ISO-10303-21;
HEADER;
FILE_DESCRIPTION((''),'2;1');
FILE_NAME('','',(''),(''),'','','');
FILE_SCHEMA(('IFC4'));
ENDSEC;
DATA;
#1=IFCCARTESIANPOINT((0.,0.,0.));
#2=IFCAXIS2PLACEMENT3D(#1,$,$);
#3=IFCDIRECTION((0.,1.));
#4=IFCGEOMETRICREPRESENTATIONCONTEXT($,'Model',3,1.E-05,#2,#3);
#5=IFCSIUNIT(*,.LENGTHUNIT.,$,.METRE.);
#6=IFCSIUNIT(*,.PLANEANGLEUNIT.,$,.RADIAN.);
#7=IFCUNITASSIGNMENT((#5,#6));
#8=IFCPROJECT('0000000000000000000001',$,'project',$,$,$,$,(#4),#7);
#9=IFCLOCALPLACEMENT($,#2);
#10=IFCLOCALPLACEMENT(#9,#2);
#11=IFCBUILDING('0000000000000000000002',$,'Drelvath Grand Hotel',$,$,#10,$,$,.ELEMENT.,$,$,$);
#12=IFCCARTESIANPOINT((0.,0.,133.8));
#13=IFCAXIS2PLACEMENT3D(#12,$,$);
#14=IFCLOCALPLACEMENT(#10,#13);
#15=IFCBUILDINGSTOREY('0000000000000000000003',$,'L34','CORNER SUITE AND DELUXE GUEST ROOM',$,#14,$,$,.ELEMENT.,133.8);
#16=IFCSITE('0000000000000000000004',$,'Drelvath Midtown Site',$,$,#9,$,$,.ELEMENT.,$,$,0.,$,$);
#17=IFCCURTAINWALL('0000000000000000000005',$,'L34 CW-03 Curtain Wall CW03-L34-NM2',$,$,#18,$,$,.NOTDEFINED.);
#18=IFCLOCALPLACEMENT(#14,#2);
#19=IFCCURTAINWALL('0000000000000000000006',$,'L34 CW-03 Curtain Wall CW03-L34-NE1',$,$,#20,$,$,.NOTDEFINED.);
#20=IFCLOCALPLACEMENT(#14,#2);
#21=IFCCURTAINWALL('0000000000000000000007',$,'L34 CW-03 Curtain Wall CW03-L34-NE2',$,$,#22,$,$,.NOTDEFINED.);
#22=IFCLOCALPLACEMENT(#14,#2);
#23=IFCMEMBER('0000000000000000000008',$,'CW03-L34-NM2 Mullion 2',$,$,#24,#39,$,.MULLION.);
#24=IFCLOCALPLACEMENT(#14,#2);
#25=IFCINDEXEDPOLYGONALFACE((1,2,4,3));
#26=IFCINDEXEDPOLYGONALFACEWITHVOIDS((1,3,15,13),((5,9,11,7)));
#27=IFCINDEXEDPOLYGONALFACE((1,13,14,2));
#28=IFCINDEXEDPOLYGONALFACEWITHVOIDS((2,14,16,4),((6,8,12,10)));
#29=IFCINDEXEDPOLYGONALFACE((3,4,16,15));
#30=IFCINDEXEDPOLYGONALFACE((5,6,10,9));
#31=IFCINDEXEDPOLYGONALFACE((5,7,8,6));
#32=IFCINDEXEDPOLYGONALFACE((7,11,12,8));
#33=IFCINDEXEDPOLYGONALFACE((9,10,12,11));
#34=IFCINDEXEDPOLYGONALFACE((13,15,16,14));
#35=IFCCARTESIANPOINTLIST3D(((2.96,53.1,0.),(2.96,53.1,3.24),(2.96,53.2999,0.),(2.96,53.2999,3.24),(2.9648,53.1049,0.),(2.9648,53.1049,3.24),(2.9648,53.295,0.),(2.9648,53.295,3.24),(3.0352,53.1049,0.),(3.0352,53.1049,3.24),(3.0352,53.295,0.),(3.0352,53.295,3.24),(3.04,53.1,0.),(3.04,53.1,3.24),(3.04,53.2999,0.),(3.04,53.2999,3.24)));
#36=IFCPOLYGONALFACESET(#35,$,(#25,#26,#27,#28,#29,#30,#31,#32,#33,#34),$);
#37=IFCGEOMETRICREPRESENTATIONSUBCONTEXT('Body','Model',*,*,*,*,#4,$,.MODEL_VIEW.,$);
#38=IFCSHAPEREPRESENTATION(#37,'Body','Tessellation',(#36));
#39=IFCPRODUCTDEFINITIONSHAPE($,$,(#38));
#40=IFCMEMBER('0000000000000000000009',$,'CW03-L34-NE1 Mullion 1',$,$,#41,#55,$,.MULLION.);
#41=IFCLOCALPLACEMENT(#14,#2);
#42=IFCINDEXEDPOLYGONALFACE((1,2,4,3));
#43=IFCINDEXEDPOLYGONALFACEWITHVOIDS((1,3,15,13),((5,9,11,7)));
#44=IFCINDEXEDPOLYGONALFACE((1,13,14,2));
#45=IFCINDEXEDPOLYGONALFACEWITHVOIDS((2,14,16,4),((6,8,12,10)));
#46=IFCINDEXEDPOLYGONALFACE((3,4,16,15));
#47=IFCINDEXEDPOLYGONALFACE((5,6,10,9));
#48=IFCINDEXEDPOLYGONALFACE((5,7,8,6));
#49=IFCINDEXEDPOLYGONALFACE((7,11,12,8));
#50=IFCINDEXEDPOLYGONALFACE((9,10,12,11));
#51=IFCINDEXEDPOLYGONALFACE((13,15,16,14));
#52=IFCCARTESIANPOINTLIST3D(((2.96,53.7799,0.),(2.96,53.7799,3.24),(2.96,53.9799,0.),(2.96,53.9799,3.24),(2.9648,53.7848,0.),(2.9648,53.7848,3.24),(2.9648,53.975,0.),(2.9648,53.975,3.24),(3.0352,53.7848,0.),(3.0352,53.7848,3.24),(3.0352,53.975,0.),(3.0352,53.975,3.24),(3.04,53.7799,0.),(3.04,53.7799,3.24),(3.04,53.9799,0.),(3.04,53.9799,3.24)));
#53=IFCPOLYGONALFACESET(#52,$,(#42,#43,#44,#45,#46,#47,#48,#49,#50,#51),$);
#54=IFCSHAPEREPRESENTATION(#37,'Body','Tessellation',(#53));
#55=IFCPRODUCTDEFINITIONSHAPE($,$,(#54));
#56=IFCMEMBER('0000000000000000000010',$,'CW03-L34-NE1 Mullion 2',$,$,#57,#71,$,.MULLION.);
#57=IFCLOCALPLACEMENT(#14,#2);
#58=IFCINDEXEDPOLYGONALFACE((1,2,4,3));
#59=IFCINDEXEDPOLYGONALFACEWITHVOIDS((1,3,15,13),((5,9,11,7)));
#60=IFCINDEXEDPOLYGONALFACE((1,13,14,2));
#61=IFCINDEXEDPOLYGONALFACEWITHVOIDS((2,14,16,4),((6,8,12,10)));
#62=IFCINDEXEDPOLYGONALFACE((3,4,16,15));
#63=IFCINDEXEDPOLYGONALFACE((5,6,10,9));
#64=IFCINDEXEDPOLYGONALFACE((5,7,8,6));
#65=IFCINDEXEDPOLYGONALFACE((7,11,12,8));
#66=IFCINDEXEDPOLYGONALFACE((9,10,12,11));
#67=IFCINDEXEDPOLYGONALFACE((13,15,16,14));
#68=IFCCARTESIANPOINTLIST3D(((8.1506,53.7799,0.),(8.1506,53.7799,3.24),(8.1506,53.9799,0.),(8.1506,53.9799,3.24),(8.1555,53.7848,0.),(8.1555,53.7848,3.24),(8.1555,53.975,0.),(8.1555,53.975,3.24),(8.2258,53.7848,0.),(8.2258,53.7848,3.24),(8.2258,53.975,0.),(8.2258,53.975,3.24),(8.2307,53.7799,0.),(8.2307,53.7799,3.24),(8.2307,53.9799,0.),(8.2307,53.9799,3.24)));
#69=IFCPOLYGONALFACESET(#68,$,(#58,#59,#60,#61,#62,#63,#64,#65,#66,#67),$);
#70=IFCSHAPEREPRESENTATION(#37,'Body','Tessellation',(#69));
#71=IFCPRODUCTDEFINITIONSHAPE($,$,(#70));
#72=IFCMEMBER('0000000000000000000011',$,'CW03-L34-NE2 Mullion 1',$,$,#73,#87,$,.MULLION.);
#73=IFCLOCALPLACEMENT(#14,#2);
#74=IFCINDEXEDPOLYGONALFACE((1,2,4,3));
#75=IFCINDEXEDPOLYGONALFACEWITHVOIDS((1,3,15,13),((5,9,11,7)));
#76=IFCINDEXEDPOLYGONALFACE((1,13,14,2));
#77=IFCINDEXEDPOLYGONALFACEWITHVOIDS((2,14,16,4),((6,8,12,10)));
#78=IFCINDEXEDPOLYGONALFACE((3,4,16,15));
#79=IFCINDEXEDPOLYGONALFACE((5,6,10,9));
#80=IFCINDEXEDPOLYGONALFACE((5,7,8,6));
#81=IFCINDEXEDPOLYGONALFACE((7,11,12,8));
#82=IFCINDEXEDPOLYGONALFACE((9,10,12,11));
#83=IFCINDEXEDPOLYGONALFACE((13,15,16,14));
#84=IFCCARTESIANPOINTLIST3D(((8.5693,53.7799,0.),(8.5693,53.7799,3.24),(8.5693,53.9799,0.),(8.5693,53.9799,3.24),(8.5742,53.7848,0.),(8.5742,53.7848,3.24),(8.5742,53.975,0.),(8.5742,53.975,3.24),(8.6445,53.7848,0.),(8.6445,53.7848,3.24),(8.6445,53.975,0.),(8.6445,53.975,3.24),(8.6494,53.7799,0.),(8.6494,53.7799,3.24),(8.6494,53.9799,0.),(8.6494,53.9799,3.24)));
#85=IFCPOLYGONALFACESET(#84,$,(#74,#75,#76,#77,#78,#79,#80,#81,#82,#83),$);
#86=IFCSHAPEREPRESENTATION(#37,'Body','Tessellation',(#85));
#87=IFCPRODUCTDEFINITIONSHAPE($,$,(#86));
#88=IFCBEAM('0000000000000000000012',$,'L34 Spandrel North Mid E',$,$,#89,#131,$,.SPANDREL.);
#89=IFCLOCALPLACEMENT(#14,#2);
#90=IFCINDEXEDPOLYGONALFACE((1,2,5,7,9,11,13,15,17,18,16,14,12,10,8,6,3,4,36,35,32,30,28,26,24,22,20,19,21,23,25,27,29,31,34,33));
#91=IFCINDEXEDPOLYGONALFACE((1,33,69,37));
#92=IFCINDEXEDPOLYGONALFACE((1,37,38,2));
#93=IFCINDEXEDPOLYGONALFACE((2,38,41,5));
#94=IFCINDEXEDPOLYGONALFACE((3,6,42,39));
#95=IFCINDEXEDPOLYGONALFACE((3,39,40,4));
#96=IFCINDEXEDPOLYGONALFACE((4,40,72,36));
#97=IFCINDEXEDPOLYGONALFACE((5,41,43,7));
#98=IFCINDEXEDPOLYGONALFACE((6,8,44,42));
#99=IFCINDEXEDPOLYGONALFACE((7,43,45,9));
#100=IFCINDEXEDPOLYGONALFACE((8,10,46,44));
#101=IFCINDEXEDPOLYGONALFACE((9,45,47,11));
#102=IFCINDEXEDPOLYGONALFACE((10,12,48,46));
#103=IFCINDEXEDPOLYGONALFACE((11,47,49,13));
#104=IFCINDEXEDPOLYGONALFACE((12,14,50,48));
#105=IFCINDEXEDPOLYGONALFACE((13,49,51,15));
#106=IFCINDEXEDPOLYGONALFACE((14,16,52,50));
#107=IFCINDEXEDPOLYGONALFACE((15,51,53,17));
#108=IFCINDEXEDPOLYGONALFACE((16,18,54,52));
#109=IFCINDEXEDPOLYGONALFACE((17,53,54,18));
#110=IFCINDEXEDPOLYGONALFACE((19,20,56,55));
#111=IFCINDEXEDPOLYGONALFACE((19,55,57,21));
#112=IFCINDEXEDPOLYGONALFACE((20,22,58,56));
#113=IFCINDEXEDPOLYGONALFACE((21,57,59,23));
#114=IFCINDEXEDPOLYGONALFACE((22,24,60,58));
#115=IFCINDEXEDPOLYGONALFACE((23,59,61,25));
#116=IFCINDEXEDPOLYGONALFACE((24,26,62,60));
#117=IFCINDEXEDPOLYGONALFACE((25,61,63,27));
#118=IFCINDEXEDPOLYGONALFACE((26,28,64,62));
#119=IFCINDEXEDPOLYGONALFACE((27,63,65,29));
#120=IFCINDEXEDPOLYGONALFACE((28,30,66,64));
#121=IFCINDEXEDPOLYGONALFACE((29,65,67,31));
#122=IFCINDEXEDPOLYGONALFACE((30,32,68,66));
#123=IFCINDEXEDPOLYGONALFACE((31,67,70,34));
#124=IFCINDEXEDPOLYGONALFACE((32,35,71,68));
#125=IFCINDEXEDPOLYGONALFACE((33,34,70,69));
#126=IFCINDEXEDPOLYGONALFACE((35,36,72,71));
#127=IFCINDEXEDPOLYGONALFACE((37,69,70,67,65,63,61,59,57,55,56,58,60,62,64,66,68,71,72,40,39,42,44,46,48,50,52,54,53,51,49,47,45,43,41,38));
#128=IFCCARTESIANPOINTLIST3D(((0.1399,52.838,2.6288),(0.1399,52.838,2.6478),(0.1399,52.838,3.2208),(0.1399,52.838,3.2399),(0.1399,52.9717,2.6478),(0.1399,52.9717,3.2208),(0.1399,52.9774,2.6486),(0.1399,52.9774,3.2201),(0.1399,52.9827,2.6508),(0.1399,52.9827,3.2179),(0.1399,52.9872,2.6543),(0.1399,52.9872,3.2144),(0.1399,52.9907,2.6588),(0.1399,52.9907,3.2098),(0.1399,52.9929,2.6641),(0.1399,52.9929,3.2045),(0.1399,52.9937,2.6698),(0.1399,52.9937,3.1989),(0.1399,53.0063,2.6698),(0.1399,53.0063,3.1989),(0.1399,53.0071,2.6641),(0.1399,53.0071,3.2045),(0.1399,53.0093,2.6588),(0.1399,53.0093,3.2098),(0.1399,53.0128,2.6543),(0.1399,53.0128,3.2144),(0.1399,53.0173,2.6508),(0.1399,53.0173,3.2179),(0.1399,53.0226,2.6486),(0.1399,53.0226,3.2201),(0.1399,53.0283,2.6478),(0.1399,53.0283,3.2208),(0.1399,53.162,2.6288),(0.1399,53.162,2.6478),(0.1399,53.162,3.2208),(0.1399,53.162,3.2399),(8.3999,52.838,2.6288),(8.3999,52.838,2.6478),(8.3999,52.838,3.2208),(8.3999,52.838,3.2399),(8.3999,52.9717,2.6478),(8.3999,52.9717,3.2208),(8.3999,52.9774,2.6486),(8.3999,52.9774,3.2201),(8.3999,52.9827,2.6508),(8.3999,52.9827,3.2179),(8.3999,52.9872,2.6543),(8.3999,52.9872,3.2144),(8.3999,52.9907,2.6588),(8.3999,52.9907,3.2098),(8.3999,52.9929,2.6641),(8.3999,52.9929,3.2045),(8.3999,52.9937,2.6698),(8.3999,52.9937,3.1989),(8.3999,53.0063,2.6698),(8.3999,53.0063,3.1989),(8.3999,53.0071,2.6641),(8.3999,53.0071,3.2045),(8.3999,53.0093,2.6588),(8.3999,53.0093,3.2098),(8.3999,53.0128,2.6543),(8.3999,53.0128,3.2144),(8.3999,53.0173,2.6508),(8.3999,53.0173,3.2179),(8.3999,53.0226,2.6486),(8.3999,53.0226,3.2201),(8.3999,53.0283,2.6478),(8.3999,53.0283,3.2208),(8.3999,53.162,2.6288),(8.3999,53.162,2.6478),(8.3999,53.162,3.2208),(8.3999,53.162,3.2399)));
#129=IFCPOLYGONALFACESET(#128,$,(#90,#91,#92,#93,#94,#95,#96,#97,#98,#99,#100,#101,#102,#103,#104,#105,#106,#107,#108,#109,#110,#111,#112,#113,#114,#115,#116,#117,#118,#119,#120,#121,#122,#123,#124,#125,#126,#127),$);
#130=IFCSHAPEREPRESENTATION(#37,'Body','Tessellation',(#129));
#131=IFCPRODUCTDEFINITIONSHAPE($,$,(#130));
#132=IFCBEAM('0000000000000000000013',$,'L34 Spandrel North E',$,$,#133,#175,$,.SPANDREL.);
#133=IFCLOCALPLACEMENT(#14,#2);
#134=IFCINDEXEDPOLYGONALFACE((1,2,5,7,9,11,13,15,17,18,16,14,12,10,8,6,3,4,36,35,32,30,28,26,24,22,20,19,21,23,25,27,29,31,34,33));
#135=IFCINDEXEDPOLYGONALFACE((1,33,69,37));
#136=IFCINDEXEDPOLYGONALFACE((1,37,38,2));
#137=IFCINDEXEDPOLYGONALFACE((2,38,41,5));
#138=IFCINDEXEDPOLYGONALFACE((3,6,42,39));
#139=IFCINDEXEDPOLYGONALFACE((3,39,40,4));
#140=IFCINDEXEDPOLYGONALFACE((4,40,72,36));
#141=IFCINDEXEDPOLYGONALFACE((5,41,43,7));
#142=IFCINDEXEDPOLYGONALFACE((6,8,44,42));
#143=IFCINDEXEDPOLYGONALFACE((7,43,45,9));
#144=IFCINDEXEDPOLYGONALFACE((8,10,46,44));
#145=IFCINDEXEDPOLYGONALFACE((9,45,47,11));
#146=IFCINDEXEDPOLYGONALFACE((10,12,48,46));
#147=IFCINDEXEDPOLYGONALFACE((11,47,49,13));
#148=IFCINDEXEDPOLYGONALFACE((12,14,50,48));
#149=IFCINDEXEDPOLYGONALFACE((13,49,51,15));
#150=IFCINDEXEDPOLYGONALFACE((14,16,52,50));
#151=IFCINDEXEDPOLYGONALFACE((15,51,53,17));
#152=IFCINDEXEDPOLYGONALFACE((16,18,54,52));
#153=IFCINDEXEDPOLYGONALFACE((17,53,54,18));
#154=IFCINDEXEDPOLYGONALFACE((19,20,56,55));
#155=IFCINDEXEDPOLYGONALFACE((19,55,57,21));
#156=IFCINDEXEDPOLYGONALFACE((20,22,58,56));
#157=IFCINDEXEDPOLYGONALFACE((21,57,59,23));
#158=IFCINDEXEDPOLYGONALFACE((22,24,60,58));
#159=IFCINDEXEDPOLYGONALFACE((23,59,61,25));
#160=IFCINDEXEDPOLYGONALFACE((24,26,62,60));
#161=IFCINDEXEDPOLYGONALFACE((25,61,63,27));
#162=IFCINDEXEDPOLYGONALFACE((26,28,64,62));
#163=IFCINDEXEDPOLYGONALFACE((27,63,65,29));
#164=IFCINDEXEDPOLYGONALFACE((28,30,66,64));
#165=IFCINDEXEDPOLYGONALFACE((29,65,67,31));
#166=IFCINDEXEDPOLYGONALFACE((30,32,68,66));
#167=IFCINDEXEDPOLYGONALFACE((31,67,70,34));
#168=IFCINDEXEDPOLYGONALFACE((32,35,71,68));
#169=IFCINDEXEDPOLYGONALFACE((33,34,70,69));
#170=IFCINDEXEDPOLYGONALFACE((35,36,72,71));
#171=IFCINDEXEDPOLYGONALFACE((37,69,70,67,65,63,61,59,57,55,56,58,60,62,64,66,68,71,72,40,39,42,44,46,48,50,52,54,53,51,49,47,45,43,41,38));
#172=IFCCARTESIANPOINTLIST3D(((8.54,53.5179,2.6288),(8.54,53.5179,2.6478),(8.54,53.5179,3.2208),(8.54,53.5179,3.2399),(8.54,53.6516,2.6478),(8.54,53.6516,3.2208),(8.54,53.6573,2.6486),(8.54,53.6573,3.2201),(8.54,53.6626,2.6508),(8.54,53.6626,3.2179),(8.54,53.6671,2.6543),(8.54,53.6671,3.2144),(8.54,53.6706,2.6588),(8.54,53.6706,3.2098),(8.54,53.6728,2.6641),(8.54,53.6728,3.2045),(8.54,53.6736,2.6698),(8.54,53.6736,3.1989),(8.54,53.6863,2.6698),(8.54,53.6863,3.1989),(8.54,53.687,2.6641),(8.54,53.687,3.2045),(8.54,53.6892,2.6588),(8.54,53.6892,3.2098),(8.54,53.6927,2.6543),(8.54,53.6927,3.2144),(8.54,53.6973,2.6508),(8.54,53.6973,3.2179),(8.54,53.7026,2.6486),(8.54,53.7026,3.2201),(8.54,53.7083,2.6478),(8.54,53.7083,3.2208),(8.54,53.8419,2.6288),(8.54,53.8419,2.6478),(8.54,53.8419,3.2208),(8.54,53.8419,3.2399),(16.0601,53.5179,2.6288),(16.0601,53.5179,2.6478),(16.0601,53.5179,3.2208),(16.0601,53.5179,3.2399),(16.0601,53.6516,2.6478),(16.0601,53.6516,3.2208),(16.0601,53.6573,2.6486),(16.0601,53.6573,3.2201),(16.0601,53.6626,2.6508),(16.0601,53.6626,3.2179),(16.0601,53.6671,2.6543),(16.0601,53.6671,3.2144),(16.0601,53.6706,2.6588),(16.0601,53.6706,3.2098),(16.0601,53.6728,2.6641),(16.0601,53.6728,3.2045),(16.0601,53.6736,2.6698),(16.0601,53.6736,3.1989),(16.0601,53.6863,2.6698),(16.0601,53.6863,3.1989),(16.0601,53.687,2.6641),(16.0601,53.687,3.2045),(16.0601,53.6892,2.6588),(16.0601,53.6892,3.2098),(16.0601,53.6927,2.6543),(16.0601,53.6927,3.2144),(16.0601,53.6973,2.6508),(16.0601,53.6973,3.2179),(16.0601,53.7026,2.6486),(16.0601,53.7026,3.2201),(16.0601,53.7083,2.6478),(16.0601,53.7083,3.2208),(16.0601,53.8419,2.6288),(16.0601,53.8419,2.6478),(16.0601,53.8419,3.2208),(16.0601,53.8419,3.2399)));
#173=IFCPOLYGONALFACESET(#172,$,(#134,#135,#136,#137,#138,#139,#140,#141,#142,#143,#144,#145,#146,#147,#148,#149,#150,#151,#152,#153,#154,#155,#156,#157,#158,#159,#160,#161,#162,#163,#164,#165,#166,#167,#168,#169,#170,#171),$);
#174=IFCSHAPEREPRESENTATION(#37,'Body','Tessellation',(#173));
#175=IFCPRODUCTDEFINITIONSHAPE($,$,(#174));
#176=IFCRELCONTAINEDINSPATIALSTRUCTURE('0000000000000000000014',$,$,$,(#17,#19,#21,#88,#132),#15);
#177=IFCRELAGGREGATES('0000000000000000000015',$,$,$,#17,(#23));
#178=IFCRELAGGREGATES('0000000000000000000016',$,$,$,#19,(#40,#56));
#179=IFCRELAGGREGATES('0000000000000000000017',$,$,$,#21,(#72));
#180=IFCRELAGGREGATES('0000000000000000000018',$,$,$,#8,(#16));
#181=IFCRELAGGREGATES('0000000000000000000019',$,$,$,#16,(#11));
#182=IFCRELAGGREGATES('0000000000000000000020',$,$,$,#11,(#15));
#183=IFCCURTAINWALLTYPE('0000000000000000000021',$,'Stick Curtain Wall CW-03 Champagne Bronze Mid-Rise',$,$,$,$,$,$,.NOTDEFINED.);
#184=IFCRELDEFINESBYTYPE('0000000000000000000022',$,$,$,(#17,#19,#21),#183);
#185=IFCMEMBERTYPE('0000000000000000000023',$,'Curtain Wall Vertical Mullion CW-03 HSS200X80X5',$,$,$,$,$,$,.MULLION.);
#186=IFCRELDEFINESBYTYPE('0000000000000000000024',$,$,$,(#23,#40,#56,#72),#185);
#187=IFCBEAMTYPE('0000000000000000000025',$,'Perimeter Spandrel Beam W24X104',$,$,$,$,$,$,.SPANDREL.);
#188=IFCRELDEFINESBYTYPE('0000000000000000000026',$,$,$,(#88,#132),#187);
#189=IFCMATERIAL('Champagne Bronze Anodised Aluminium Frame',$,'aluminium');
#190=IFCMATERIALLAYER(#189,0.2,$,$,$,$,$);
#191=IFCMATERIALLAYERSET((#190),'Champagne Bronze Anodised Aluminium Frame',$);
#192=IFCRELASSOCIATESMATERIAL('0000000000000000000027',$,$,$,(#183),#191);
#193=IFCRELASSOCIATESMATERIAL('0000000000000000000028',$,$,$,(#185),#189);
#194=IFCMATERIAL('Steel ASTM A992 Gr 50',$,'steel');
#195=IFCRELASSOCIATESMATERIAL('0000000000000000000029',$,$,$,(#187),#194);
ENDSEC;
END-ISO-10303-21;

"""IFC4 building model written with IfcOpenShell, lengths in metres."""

from ifc_helpers import new_model, si_unit, direction, frame, origin, origin_2d, place, context, subcontext, project, spatial, hollow_rectangle, i_section, extrude, material, layer, layer_set, material_profile, profile_set, type_object, element, aggregate, save


model = new_model("IFC4")

# Units and contexts
model_context = context("Model", 3, precision=1e-05, world=origin(), true_north=direction((0.0, 1.0)))
body_context = subcontext(model_context, "Body", "Model", "MODEL_VIEW")
ifc_project = project(units=[si_unit("LENGTHUNIT", "METRE"), si_unit("PLANEANGLEUNIT", "RADIAN")], contexts=[model_context])

# Site, building, storey
site_placement = place(None, origin())
site = spatial("IfcSite", under=ifc_project, at=site_placement, Name="Drelvath Midtown Site", CompositionType="ELEMENT", RefElevation=0.0)
building_placement = place(site_placement, origin())
building = spatial("IfcBuilding", under=site, at=building_placement, Name="Drelvath Grand Hotel", CompositionType="ELEMENT")
storey_placement = place(building_placement, frame((0.0, 0.0, 133.8)))
storey = spatial("IfcBuildingStorey", under=building, at=storey_placement, Name="L34", Description="CORNER SUITE AND DELUXE GUEST ROOM", CompositionType="ELEMENT", Elevation=133.8)

# Curtain walls
ifc_material_1 = material(Name="Champagne Bronze Anodised Aluminium Frame", Category="aluminium")
ifc_layer_1 = layer(ifc_material_1, 0.2)
ifc_layer_set_1 = layer_set([ifc_layer_1], Name="Champagne Bronze Anodised Aluminium Frame")
curtain_wall_type = type_object("IfcCurtainWallType", Name="Stick Curtain Wall CW-03 Champagne Bronze Mid-Rise", PredefinedType="NOTDEFINED", material=ifc_layer_set_1)
curtain_wall_1_placement = place(storey_placement, origin())
curtain_wall_1 = element("IfcCurtainWall", 1, at=curtain_wall_1_placement, inside=storey, type_object=curtain_wall_type, Name="L34 CW-03 Curtain Wall CW03-L34-NM2", PredefinedType="NOTDEFINED")
curtain_wall_2_placement = place(storey_placement, origin())
curtain_wall_2 = element("IfcCurtainWall", 2, at=curtain_wall_2_placement, inside=storey, type_object=curtain_wall_type, Name="L34 CW-03 Curtain Wall CW03-L34-NE1", PredefinedType="NOTDEFINED")
curtain_wall_3_placement = place(storey_placement, origin())
curtain_wall_3 = element("IfcCurtainWall", 3, at=curtain_wall_3_placement, inside=storey, type_object=curtain_wall_type, Name="L34 CW-03 Curtain Wall CW03-L34-NE2", PredefinedType="NOTDEFINED")
ifc_material_profile_1 = material_profile(ifc_material_1, hollow_rectangle(XDim=0.0801, YDim=0.2, WallThickness=0.0049, at=origin_2d()), Name="HSS200X80X5")
ifc_profile_set_1 = profile_set([ifc_material_profile_1], Name="Champagne Bronze Anodised Aluminium Frame")
member_type_1 = type_object("IfcMemberType", Name="Curtain Wall Vertical Mullion CW-03 HSS200X80X5", PredefinedType="MULLION", material=ifc_profile_set_1)

# Members
member_1_placement = place(storey_placement, frame((3.0, 53.2, 0.0), z_axis=(0.0, 0.0, 1.0), x_axis=(1.0, 0.0, 0.0)))
member_1 = element("IfcMember", 4, at=member_1_placement, type_object=member_type_1, Name="CW03-L34-NM2 Mullion 2", PredefinedType="MULLION", context=body_context, shape_type="SweptSolid", body=[
    extrude(hollow_rectangle(XDim=0.0801, YDim=0.2, WallThickness=0.0049, at=origin_2d()), origin(), (0.0, 0.0, 1.0), 3.24),
])
member_2_placement = place(storey_placement, frame((3.0, 53.8799, 0.0), z_axis=(0.0, 0.0, 1.0), x_axis=(1.0, 0.0, 0.0)))
member_2 = element("IfcMember", 5, at=member_2_placement, type_object=member_type_1, Name="CW03-L34-NE1 Mullion 1", PredefinedType="MULLION", context=body_context, shape_type="SweptSolid", body=[
    extrude(hollow_rectangle(XDim=0.0801, YDim=0.2, WallThickness=0.0049, at=origin_2d()), origin(), (0.0, 0.0, 1.0), 3.24),
])
member_3_placement = place(storey_placement, frame((8.1907, 53.8799, 0.0), z_axis=(0.0, 0.0, 1.0), x_axis=(1.0, 0.0, 0.0)))
member_3 = element("IfcMember", 6, at=member_3_placement, type_object=member_type_1, Name="CW03-L34-NE1 Mullion 2", PredefinedType="MULLION", context=body_context, shape_type="SweptSolid", body=[
    extrude(hollow_rectangle(XDim=0.0801, YDim=0.2, WallThickness=0.0049, at=origin_2d()), origin(), (0.0, 0.0, 1.0), 3.24),
])
member_4_placement = place(storey_placement, frame((8.6094, 53.8799, 0.0), z_axis=(0.0, 0.0, 1.0), x_axis=(1.0, 0.0, 0.0)))
member_4 = element("IfcMember", 7, at=member_4_placement, type_object=member_type_1, Name="CW03-L34-NE2 Mullion 1", PredefinedType="MULLION", context=body_context, shape_type="SweptSolid", body=[
    extrude(hollow_rectangle(XDim=0.0801, YDim=0.2, WallThickness=0.0049, at=origin_2d()), origin(), (0.0, 0.0, 1.0), 3.24),
])

# Beams
ifc_material_2 = material(Name="Steel ASTM A992 Gr 50", Category="steel")
ifc_material_profile_2 = material_profile(ifc_material_2, i_section(OverallWidth=0.324, OverallDepth=0.6111, WebThickness=0.0127, FlangeThickness=0.019, FilletRadius=0.022, at=origin_2d()), Name="W24X104")
ifc_profile_set_2 = profile_set([ifc_material_profile_2], Name="Steel ASTM A992 Gr 50")
beam_type_1 = type_object("IfcBeamType", Name="Perimeter Spandrel Beam W24X104", PredefinedType="SPANDREL", material=ifc_profile_set_2)
beam_1_placement = place(storey_placement, frame((0.1399, 53.0, 2.9343), z_axis=(1.0, 0.0, 0.0), x_axis=(0.0, 1.0, 0.0)))
element("IfcBeam", 8, at=beam_1_placement, inside=storey, type_object=beam_type_1, Name="L34 Spandrel North Mid E", PredefinedType="SPANDREL", context=body_context, shape_type="SweptSolid", body=[
    extrude(i_section(OverallWidth=0.324, OverallDepth=0.6111, WebThickness=0.0127, FlangeThickness=0.019, FilletRadius=0.022, at=origin_2d()), origin(), (0.0, 0.0, 1.0), 8.26),
])
beam_2_placement = place(storey_placement, frame((8.54, 53.6799, 2.9343), z_axis=(1.0, 0.0, 0.0), x_axis=(0.0, 1.0, 0.0)))
element("IfcBeam", 9, at=beam_2_placement, inside=storey, type_object=beam_type_1, Name="L34 Spandrel North E", PredefinedType="SPANDREL", context=body_context, shape_type="SweptSolid", body=[
    extrude(i_section(OverallWidth=0.324, OverallDepth=0.6111, WebThickness=0.0127, FlangeThickness=0.019, FilletRadius=0.022, at=origin_2d()), origin(), (0.0, 0.0, 1.0), 7.52),
])

aggregate(curtain_wall_1, [member_1])
aggregate(curtain_wall_2, [member_2, member_3])
aggregate(curtain_wall_3, [member_4])

save(model, "model.ifc")
